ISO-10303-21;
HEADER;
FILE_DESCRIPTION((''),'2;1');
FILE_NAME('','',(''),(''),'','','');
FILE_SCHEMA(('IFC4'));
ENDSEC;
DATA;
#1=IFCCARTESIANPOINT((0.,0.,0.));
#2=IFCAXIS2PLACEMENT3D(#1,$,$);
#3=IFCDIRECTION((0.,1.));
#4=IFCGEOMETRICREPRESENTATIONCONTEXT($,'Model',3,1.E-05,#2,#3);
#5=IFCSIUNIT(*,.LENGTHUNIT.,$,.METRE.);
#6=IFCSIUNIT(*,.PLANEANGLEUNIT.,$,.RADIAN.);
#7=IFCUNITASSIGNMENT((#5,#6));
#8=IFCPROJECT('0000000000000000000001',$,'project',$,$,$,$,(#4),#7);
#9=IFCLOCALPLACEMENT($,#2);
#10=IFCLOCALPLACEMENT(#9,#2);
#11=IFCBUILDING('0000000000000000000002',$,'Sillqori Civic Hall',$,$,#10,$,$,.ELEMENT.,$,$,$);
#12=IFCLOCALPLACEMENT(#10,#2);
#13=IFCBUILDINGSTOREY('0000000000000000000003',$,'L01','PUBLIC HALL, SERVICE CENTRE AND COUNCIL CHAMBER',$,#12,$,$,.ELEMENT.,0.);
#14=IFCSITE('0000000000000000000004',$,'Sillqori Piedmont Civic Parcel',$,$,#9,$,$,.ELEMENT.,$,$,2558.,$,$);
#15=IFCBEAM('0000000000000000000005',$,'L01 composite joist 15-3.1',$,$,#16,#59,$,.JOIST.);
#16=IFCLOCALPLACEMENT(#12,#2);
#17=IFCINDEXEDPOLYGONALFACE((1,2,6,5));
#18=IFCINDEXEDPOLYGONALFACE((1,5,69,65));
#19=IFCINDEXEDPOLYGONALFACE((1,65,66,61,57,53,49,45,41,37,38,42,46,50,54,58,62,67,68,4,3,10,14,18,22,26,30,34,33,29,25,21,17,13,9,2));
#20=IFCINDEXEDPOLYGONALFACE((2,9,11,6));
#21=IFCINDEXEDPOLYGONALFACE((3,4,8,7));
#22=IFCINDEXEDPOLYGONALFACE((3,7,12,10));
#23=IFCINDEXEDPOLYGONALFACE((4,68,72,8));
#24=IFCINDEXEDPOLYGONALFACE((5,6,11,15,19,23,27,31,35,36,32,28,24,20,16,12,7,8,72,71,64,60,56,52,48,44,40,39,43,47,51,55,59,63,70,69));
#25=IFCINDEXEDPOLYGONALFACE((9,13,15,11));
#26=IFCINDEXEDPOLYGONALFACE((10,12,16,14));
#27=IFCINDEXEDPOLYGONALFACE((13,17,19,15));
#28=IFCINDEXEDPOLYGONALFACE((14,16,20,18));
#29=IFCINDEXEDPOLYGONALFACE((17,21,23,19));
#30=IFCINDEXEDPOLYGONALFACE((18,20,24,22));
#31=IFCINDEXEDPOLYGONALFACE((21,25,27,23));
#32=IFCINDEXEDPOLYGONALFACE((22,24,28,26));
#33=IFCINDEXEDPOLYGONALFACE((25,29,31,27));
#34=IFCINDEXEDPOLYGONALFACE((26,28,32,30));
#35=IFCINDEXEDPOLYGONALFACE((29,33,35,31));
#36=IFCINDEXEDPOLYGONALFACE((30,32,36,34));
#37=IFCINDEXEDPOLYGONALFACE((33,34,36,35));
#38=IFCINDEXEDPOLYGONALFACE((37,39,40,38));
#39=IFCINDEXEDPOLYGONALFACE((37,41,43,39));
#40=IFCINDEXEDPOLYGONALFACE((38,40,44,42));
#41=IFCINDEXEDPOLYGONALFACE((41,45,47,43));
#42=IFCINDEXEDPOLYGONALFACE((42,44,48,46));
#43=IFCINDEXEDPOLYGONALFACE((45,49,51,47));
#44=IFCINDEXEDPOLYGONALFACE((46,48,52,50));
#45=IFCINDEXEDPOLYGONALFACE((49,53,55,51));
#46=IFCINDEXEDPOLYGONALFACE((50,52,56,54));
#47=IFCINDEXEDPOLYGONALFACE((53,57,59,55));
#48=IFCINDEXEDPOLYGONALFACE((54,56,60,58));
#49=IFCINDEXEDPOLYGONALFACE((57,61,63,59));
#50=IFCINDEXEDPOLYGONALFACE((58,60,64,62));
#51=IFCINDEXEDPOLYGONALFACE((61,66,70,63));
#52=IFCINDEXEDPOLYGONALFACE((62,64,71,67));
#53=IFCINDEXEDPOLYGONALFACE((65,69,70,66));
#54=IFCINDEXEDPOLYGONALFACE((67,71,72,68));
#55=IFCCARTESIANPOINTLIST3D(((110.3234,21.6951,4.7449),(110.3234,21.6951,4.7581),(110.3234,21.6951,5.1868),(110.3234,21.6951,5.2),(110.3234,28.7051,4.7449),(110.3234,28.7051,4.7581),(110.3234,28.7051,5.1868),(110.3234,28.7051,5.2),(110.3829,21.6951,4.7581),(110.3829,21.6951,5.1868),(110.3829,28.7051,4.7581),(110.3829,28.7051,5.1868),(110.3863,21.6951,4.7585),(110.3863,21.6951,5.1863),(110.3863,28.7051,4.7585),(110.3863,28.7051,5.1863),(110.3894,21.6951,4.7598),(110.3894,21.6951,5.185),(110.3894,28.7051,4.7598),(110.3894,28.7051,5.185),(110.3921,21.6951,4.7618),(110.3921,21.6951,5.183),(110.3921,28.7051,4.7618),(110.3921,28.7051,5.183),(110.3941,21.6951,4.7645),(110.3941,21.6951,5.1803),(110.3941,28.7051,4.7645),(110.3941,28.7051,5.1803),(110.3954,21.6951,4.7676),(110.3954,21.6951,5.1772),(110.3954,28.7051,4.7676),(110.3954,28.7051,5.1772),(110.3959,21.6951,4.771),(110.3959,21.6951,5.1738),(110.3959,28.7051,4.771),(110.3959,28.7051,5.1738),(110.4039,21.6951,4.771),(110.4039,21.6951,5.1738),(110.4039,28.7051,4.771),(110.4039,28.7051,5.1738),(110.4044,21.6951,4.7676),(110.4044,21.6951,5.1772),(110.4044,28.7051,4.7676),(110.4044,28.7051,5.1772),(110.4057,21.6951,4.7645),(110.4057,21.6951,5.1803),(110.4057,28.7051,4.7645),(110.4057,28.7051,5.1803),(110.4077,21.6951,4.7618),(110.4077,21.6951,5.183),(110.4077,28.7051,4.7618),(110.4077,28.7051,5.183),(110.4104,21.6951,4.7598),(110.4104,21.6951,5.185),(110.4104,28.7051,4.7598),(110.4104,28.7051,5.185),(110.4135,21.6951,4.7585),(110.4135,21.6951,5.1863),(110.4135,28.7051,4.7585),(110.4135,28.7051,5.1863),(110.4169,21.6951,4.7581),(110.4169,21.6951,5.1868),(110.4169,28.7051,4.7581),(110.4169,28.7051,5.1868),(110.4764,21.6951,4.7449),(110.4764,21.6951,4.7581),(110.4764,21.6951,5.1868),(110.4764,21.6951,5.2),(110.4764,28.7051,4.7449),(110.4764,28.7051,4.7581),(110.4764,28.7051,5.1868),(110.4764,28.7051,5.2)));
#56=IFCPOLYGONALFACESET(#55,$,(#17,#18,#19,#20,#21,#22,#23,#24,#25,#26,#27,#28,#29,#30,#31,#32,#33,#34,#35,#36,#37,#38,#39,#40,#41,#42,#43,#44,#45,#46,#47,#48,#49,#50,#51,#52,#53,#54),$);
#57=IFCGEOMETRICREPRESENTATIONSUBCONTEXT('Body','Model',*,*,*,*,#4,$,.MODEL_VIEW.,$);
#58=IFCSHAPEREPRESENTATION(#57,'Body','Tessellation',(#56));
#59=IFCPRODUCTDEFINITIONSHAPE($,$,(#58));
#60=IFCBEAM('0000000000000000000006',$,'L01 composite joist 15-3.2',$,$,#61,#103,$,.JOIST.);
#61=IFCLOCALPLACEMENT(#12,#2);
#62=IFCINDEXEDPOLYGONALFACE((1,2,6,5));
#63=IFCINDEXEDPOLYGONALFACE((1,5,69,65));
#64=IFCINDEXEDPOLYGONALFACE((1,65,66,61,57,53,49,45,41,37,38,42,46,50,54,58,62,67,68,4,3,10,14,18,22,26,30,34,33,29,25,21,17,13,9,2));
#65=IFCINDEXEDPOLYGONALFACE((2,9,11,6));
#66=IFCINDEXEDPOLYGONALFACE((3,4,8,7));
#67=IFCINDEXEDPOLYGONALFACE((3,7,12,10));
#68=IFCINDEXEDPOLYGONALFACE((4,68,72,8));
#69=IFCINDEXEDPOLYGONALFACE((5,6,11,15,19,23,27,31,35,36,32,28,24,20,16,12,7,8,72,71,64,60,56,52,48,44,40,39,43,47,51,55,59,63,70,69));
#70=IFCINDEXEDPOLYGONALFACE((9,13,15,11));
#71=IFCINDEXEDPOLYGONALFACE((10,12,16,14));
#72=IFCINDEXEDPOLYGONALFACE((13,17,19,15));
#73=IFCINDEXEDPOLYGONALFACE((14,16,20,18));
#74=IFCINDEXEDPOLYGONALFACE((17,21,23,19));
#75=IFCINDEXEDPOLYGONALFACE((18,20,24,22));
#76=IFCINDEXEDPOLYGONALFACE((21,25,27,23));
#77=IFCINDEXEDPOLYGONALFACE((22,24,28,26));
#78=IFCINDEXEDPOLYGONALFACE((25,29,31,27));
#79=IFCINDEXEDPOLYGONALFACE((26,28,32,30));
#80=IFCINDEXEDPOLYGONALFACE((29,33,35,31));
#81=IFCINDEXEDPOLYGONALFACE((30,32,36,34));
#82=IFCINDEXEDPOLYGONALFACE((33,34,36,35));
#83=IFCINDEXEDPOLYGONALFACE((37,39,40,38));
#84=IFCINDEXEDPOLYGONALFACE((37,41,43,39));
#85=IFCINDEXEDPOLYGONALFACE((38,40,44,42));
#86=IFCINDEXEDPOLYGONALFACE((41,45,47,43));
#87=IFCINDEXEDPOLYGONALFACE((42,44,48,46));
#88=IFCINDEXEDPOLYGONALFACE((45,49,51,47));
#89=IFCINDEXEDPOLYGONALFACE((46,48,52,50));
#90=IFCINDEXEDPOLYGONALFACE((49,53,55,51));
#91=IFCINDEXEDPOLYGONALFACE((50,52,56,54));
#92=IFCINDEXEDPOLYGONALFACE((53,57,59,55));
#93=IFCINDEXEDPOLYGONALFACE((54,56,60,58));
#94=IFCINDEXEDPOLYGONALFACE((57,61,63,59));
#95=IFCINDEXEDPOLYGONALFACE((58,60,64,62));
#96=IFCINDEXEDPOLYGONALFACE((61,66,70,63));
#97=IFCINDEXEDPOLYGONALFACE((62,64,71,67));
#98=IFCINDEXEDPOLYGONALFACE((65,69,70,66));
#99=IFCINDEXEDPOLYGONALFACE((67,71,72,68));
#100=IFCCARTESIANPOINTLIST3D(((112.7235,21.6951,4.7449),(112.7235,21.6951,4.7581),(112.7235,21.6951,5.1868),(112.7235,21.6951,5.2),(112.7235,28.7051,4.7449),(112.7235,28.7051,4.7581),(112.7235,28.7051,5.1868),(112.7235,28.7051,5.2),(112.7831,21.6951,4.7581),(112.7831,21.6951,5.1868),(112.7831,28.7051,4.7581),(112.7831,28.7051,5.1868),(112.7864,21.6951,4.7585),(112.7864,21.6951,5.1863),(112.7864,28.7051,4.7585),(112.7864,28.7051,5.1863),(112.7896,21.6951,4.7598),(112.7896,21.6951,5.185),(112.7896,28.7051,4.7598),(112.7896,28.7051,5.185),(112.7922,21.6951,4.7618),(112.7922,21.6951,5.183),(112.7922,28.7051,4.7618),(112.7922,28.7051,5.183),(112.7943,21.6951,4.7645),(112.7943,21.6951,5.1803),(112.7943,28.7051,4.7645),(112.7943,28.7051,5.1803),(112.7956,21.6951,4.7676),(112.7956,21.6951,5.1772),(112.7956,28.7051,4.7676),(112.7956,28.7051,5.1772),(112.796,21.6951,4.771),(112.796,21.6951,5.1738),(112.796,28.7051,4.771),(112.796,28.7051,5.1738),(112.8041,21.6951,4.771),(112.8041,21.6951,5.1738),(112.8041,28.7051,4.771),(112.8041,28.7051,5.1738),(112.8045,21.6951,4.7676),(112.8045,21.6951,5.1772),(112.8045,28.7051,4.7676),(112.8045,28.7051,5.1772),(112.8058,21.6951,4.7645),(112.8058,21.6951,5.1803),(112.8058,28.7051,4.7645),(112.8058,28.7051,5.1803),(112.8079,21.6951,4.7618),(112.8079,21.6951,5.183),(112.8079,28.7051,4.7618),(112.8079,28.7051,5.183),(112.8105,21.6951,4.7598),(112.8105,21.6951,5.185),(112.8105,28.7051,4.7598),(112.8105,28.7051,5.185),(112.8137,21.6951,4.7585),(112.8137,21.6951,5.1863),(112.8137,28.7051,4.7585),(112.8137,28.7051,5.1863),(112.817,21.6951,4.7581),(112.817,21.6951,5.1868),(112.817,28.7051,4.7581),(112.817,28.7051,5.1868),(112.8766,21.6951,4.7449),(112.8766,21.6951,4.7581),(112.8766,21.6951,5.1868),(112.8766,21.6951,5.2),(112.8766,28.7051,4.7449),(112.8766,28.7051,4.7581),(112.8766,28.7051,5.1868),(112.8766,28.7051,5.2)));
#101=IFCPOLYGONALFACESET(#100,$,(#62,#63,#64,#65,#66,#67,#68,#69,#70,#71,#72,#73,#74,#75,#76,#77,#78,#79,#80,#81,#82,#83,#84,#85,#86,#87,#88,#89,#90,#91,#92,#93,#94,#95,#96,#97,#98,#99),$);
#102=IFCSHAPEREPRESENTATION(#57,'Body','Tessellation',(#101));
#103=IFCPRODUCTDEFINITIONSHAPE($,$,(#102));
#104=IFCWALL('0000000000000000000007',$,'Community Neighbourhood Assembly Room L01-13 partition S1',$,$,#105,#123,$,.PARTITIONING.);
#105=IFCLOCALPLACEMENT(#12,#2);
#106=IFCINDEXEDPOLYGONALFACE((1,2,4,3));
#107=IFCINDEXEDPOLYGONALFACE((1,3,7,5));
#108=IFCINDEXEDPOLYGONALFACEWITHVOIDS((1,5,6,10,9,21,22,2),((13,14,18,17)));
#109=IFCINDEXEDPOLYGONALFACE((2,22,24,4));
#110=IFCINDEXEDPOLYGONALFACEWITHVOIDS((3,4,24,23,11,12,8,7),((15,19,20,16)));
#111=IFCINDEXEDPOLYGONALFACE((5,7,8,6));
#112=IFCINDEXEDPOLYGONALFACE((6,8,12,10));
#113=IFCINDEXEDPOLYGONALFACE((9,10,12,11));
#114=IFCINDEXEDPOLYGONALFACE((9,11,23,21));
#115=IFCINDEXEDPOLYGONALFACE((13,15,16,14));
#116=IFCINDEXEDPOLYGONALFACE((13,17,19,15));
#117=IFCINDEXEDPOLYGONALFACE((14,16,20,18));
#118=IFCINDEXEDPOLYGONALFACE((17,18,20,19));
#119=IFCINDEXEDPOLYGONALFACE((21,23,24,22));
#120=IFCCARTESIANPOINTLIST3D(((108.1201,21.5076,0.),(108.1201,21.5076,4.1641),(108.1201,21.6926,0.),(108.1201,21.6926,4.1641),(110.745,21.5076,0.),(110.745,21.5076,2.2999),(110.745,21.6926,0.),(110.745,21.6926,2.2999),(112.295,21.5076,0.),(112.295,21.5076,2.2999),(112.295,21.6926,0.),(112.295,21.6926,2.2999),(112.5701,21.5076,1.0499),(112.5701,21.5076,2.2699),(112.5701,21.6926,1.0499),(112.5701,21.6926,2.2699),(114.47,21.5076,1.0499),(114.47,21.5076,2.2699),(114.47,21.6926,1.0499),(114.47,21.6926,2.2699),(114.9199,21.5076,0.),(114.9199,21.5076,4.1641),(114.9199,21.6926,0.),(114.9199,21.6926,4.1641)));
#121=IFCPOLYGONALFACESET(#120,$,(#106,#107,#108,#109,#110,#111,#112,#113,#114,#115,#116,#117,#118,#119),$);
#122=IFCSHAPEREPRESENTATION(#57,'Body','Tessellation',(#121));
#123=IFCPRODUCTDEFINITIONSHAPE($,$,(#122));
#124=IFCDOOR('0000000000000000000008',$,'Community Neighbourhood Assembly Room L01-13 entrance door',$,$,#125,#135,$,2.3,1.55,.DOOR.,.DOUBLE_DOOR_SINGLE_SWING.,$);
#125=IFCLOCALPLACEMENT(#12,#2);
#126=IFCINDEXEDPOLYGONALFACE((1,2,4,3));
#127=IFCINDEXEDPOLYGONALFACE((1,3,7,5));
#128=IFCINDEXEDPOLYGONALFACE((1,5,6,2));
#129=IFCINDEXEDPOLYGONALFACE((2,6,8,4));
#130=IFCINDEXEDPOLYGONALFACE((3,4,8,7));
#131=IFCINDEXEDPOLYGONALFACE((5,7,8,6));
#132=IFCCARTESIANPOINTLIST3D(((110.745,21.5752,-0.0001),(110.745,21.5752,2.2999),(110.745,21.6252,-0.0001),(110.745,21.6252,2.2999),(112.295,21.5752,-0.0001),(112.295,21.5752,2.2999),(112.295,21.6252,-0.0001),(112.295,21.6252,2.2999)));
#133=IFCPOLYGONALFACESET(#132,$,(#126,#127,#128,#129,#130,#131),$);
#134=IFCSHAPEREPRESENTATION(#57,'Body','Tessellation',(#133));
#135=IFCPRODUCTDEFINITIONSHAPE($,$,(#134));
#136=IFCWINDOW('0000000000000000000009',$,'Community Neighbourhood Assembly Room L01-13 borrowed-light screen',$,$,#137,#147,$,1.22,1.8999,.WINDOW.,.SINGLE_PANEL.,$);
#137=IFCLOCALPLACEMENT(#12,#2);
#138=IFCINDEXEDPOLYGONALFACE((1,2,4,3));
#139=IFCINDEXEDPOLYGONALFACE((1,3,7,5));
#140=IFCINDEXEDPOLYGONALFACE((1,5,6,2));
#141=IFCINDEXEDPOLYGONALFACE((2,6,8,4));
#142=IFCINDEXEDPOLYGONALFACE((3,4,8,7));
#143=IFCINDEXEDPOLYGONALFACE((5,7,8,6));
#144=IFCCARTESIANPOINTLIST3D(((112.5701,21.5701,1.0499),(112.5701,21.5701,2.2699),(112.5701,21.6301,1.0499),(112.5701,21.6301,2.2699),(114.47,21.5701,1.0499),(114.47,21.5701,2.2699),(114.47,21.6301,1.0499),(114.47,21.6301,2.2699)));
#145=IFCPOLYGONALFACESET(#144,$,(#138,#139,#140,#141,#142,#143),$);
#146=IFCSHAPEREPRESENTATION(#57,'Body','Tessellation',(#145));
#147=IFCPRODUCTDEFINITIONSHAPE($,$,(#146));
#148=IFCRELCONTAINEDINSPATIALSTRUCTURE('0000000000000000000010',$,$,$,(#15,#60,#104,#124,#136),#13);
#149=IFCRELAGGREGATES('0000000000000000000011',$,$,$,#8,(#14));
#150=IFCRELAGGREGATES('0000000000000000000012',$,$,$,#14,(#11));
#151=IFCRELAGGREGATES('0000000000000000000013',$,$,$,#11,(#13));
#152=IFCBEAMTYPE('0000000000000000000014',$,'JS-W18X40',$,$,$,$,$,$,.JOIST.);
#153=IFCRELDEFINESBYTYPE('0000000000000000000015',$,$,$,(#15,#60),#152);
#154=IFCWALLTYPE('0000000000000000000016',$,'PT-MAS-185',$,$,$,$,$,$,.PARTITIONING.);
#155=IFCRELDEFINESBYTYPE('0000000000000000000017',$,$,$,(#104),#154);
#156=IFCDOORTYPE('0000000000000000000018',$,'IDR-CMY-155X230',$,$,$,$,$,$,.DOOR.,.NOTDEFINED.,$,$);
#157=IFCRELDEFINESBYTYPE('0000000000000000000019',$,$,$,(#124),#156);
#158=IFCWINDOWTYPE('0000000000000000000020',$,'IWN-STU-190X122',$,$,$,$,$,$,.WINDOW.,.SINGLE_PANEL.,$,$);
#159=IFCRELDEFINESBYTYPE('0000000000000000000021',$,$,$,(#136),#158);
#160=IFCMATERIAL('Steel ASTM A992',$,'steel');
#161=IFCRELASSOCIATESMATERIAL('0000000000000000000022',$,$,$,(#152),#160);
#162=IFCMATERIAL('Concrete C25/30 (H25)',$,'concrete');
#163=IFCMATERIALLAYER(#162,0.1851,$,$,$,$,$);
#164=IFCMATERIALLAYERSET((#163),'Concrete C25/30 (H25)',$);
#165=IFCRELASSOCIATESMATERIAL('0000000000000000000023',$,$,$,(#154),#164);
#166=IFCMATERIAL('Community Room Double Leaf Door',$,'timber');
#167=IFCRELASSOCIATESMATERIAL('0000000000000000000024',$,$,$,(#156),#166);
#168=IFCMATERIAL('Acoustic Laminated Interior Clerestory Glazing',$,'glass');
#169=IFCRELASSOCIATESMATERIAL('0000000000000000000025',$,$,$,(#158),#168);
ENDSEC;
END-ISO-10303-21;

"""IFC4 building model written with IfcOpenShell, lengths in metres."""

from ifc_helpers import new_model, si_unit, direction, frame, frame_2d, origin, origin_2d, place, context, subcontext, project, spatial, rectangle, i_section, extrude, material, layer, layer_set, material_profile, profile_set, type_object, element, fill, save


model = new_model("IFC4")

# Units and contexts
model_context = context("Model", 3, precision=1e-05, world=origin(), true_north=direction((0.0, 1.0)))
body_context = subcontext(model_context, "Body", "Model", "MODEL_VIEW")
ifc_project = project(units=[si_unit("LENGTHUNIT", "METRE"), si_unit("PLANEANGLEUNIT", "RADIAN")], contexts=[model_context])

# Site, building, storey
site_placement = place(None, origin())
site = spatial("IfcSite", under=ifc_project, at=site_placement, Name="Sillqori Piedmont Civic Parcel", CompositionType="ELEMENT", RefElevation=2558.0)
building_placement = place(site_placement, origin())
building = spatial("IfcBuilding", under=site, at=building_placement, Name="Sillqori Civic Hall", CompositionType="ELEMENT")
storey_placement = place(building_placement, origin())
storey = spatial("IfcBuildingStorey", under=building, at=storey_placement, Name="L01", Description="PUBLIC HALL, SERVICE CENTRE AND COUNCIL CHAMBER", CompositionType="ELEMENT", Elevation=0.0)

# Shared definitions
ifc_material_1 = material(Name="Steel ASTM A992", Category="steel")

# Beams
ifc_material_profile_1 = material_profile(ifc_material_1, i_section(OverallWidth=0.1531, OverallDepth=0.4551, WebThickness=0.0081, FlangeThickness=0.0132, FilletRadius=0.0129, at=origin_2d()), Name="W18X40")
ifc_profile_set_1 = profile_set([ifc_material_profile_1], Name="Steel ASTM A992")
beam_type_1 = type_object("IfcBeamType", Name="JS-W18X40", PredefinedType="JOIST", material=ifc_profile_set_1)
for number, where, z_axis, x_axis, name in (
    (1, (110.3999, 21.6951, 4.9724), (0.0, 1.0, 0.0), (-1.0, 0.0, 0.0), "L01 composite joist 15-3.1"),
    (2, (112.8, 21.6951, 4.9724), (0.0, 1.0, 0.0), (-1.0, 0.0, 0.0), "L01 composite joist 15-3.2"),
):
    element("IfcBeam", number, at=place(storey_placement, frame(where, z_axis=z_axis, x_axis=x_axis)), inside=storey, type_object=beam_type_1, Name=name, PredefinedType="JOIST", context=body_context, shape_type="SweptSolid", body=[
        extrude(i_section(OverallWidth=0.1531, OverallDepth=0.4551, WebThickness=0.0081, FlangeThickness=0.0132, FilletRadius=0.0129, at=origin_2d()), origin(), (0.0, 0.0, 1.0), 7.01),
    ])

# Wall, openings, door, window
ifc_material_2 = material(Name="Concrete C25/30 (H25)", Category="concrete")
ifc_layer = layer(ifc_material_2, 0.1851)
ifc_layer_set = layer_set([ifc_layer], Name="Concrete C25/30 (H25)")
wall_type = type_object("IfcWallType", Name="PT-MAS-185", PredefinedType="PARTITIONING", material=ifc_layer_set)
wall_placement = place(storey_placement, frame((114.9199, 21.6001, 0.0), z_axis=(0.0, 0.0, 1.0), x_axis=(-1.0, 0.0, 0.0)))
wall = element("IfcWall", 3, at=wall_placement, inside=storey, type_object=wall_type, Name="Community Neighbourhood Assembly Room L01-13 partition S1", PredefinedType="PARTITIONING", context=body_context, shape_type="SweptSolid", body=[
    extrude(rectangle(XDim=6.7998, YDim=0.1851, at=frame_2d((3.3999, 0.0))), origin(), (0.0, 0.0, 1.0), 4.1641),
])
opening_1_placement = place(wall_placement, frame((2.625, 0.0, 0.0)))
opening_1 = element("IfcOpeningElement", 4, at=opening_1_placement, cuts=wall, PredefinedType="OPENING", context=body_context, shape_type="SweptSolid", body=[
    extrude(rectangle(XDim=1.55, YDim=2.3, at=frame_2d((0.7749, 1.1499))), frame((0.0, 0.1025, 0.0), z_axis=(0.0, -1.0, 0.0), x_axis=(1.0, 0.0, 0.0)), (0.0, 0.0, 1.0), 0.2051),
])
opening_2_placement = place(wall_placement, frame((0.45, 0.0, 1.05)))
opening_2 = element("IfcOpeningElement", 5, at=opening_2_placement, cuts=wall, PredefinedType="OPENING", context=body_context, shape_type="SweptSolid", body=[
    extrude(rectangle(XDim=1.8999, YDim=1.22, at=frame_2d((0.95, 0.6099))), frame((0.0, 0.1025, 0.0), z_axis=(0.0, -1.0, 0.0), x_axis=(1.0, 0.0, 0.0)), (0.0, 0.0, 1.0), 0.2051),
])
ifc_material_3 = material(Name="Community Room Double Leaf Door", Category="timber")
door_type = type_object("IfcDoorType", Name="IDR-CMY-155X230", OperationType="NOTDEFINED", PredefinedType="DOOR", material=ifc_material_3)
door_placement = place(opening_1_placement, origin())
door = element("IfcDoor", 6, at=door_placement, inside=storey, type_object=door_type, Name="Community Neighbourhood Assembly Room L01-13 entrance door", OperationType="DOUBLE_DOOR_SINGLE_SWING", OverallHeight=2.3, OverallWidth=1.55, PredefinedType="DOOR", context=body_context, shape_type="SweptSolid", body=[
    extrude(rectangle(XDim=1.55, YDim=2.3, at=frame_2d((0.7749, 1.1499))), frame((0.0, 0.0249, 0.0), z_axis=(0.0, -1.0, 0.0), x_axis=(1.0, 0.0, 0.0)), (0.0, 0.0, 1.0), 0.05),
])
fill(opening_1, door)
ifc_material_4 = material(Name="Acoustic Laminated Interior Clerestory Glazing", Category="glass")
window_type = type_object("IfcWindowType", Name="IWN-STU-190X122", PartitioningType="SINGLE_PANEL", PredefinedType="WINDOW", material=ifc_material_4)
window_placement = place(opening_2_placement, origin())
window = element("IfcWindow", 7, at=window_placement, inside=storey, type_object=window_type, Name="Community Neighbourhood Assembly Room L01-13 borrowed-light screen", OverallHeight=1.22, OverallWidth=1.8999, PartitioningType="SINGLE_PANEL", PredefinedType="WINDOW", context=body_context, shape_type="SweptSolid", body=[
    extrude(rectangle(XDim=1.8999, YDim=1.22, at=frame_2d((0.95, 0.6099))), frame((0.0, 0.03, 0.0), z_axis=(0.0, -1.0, 0.0), x_axis=(1.0, 0.0, 0.0)), (0.0, 0.0, 1.0), 0.0601),
])
fill(opening_2, window)

save(model, "model.ifc")
